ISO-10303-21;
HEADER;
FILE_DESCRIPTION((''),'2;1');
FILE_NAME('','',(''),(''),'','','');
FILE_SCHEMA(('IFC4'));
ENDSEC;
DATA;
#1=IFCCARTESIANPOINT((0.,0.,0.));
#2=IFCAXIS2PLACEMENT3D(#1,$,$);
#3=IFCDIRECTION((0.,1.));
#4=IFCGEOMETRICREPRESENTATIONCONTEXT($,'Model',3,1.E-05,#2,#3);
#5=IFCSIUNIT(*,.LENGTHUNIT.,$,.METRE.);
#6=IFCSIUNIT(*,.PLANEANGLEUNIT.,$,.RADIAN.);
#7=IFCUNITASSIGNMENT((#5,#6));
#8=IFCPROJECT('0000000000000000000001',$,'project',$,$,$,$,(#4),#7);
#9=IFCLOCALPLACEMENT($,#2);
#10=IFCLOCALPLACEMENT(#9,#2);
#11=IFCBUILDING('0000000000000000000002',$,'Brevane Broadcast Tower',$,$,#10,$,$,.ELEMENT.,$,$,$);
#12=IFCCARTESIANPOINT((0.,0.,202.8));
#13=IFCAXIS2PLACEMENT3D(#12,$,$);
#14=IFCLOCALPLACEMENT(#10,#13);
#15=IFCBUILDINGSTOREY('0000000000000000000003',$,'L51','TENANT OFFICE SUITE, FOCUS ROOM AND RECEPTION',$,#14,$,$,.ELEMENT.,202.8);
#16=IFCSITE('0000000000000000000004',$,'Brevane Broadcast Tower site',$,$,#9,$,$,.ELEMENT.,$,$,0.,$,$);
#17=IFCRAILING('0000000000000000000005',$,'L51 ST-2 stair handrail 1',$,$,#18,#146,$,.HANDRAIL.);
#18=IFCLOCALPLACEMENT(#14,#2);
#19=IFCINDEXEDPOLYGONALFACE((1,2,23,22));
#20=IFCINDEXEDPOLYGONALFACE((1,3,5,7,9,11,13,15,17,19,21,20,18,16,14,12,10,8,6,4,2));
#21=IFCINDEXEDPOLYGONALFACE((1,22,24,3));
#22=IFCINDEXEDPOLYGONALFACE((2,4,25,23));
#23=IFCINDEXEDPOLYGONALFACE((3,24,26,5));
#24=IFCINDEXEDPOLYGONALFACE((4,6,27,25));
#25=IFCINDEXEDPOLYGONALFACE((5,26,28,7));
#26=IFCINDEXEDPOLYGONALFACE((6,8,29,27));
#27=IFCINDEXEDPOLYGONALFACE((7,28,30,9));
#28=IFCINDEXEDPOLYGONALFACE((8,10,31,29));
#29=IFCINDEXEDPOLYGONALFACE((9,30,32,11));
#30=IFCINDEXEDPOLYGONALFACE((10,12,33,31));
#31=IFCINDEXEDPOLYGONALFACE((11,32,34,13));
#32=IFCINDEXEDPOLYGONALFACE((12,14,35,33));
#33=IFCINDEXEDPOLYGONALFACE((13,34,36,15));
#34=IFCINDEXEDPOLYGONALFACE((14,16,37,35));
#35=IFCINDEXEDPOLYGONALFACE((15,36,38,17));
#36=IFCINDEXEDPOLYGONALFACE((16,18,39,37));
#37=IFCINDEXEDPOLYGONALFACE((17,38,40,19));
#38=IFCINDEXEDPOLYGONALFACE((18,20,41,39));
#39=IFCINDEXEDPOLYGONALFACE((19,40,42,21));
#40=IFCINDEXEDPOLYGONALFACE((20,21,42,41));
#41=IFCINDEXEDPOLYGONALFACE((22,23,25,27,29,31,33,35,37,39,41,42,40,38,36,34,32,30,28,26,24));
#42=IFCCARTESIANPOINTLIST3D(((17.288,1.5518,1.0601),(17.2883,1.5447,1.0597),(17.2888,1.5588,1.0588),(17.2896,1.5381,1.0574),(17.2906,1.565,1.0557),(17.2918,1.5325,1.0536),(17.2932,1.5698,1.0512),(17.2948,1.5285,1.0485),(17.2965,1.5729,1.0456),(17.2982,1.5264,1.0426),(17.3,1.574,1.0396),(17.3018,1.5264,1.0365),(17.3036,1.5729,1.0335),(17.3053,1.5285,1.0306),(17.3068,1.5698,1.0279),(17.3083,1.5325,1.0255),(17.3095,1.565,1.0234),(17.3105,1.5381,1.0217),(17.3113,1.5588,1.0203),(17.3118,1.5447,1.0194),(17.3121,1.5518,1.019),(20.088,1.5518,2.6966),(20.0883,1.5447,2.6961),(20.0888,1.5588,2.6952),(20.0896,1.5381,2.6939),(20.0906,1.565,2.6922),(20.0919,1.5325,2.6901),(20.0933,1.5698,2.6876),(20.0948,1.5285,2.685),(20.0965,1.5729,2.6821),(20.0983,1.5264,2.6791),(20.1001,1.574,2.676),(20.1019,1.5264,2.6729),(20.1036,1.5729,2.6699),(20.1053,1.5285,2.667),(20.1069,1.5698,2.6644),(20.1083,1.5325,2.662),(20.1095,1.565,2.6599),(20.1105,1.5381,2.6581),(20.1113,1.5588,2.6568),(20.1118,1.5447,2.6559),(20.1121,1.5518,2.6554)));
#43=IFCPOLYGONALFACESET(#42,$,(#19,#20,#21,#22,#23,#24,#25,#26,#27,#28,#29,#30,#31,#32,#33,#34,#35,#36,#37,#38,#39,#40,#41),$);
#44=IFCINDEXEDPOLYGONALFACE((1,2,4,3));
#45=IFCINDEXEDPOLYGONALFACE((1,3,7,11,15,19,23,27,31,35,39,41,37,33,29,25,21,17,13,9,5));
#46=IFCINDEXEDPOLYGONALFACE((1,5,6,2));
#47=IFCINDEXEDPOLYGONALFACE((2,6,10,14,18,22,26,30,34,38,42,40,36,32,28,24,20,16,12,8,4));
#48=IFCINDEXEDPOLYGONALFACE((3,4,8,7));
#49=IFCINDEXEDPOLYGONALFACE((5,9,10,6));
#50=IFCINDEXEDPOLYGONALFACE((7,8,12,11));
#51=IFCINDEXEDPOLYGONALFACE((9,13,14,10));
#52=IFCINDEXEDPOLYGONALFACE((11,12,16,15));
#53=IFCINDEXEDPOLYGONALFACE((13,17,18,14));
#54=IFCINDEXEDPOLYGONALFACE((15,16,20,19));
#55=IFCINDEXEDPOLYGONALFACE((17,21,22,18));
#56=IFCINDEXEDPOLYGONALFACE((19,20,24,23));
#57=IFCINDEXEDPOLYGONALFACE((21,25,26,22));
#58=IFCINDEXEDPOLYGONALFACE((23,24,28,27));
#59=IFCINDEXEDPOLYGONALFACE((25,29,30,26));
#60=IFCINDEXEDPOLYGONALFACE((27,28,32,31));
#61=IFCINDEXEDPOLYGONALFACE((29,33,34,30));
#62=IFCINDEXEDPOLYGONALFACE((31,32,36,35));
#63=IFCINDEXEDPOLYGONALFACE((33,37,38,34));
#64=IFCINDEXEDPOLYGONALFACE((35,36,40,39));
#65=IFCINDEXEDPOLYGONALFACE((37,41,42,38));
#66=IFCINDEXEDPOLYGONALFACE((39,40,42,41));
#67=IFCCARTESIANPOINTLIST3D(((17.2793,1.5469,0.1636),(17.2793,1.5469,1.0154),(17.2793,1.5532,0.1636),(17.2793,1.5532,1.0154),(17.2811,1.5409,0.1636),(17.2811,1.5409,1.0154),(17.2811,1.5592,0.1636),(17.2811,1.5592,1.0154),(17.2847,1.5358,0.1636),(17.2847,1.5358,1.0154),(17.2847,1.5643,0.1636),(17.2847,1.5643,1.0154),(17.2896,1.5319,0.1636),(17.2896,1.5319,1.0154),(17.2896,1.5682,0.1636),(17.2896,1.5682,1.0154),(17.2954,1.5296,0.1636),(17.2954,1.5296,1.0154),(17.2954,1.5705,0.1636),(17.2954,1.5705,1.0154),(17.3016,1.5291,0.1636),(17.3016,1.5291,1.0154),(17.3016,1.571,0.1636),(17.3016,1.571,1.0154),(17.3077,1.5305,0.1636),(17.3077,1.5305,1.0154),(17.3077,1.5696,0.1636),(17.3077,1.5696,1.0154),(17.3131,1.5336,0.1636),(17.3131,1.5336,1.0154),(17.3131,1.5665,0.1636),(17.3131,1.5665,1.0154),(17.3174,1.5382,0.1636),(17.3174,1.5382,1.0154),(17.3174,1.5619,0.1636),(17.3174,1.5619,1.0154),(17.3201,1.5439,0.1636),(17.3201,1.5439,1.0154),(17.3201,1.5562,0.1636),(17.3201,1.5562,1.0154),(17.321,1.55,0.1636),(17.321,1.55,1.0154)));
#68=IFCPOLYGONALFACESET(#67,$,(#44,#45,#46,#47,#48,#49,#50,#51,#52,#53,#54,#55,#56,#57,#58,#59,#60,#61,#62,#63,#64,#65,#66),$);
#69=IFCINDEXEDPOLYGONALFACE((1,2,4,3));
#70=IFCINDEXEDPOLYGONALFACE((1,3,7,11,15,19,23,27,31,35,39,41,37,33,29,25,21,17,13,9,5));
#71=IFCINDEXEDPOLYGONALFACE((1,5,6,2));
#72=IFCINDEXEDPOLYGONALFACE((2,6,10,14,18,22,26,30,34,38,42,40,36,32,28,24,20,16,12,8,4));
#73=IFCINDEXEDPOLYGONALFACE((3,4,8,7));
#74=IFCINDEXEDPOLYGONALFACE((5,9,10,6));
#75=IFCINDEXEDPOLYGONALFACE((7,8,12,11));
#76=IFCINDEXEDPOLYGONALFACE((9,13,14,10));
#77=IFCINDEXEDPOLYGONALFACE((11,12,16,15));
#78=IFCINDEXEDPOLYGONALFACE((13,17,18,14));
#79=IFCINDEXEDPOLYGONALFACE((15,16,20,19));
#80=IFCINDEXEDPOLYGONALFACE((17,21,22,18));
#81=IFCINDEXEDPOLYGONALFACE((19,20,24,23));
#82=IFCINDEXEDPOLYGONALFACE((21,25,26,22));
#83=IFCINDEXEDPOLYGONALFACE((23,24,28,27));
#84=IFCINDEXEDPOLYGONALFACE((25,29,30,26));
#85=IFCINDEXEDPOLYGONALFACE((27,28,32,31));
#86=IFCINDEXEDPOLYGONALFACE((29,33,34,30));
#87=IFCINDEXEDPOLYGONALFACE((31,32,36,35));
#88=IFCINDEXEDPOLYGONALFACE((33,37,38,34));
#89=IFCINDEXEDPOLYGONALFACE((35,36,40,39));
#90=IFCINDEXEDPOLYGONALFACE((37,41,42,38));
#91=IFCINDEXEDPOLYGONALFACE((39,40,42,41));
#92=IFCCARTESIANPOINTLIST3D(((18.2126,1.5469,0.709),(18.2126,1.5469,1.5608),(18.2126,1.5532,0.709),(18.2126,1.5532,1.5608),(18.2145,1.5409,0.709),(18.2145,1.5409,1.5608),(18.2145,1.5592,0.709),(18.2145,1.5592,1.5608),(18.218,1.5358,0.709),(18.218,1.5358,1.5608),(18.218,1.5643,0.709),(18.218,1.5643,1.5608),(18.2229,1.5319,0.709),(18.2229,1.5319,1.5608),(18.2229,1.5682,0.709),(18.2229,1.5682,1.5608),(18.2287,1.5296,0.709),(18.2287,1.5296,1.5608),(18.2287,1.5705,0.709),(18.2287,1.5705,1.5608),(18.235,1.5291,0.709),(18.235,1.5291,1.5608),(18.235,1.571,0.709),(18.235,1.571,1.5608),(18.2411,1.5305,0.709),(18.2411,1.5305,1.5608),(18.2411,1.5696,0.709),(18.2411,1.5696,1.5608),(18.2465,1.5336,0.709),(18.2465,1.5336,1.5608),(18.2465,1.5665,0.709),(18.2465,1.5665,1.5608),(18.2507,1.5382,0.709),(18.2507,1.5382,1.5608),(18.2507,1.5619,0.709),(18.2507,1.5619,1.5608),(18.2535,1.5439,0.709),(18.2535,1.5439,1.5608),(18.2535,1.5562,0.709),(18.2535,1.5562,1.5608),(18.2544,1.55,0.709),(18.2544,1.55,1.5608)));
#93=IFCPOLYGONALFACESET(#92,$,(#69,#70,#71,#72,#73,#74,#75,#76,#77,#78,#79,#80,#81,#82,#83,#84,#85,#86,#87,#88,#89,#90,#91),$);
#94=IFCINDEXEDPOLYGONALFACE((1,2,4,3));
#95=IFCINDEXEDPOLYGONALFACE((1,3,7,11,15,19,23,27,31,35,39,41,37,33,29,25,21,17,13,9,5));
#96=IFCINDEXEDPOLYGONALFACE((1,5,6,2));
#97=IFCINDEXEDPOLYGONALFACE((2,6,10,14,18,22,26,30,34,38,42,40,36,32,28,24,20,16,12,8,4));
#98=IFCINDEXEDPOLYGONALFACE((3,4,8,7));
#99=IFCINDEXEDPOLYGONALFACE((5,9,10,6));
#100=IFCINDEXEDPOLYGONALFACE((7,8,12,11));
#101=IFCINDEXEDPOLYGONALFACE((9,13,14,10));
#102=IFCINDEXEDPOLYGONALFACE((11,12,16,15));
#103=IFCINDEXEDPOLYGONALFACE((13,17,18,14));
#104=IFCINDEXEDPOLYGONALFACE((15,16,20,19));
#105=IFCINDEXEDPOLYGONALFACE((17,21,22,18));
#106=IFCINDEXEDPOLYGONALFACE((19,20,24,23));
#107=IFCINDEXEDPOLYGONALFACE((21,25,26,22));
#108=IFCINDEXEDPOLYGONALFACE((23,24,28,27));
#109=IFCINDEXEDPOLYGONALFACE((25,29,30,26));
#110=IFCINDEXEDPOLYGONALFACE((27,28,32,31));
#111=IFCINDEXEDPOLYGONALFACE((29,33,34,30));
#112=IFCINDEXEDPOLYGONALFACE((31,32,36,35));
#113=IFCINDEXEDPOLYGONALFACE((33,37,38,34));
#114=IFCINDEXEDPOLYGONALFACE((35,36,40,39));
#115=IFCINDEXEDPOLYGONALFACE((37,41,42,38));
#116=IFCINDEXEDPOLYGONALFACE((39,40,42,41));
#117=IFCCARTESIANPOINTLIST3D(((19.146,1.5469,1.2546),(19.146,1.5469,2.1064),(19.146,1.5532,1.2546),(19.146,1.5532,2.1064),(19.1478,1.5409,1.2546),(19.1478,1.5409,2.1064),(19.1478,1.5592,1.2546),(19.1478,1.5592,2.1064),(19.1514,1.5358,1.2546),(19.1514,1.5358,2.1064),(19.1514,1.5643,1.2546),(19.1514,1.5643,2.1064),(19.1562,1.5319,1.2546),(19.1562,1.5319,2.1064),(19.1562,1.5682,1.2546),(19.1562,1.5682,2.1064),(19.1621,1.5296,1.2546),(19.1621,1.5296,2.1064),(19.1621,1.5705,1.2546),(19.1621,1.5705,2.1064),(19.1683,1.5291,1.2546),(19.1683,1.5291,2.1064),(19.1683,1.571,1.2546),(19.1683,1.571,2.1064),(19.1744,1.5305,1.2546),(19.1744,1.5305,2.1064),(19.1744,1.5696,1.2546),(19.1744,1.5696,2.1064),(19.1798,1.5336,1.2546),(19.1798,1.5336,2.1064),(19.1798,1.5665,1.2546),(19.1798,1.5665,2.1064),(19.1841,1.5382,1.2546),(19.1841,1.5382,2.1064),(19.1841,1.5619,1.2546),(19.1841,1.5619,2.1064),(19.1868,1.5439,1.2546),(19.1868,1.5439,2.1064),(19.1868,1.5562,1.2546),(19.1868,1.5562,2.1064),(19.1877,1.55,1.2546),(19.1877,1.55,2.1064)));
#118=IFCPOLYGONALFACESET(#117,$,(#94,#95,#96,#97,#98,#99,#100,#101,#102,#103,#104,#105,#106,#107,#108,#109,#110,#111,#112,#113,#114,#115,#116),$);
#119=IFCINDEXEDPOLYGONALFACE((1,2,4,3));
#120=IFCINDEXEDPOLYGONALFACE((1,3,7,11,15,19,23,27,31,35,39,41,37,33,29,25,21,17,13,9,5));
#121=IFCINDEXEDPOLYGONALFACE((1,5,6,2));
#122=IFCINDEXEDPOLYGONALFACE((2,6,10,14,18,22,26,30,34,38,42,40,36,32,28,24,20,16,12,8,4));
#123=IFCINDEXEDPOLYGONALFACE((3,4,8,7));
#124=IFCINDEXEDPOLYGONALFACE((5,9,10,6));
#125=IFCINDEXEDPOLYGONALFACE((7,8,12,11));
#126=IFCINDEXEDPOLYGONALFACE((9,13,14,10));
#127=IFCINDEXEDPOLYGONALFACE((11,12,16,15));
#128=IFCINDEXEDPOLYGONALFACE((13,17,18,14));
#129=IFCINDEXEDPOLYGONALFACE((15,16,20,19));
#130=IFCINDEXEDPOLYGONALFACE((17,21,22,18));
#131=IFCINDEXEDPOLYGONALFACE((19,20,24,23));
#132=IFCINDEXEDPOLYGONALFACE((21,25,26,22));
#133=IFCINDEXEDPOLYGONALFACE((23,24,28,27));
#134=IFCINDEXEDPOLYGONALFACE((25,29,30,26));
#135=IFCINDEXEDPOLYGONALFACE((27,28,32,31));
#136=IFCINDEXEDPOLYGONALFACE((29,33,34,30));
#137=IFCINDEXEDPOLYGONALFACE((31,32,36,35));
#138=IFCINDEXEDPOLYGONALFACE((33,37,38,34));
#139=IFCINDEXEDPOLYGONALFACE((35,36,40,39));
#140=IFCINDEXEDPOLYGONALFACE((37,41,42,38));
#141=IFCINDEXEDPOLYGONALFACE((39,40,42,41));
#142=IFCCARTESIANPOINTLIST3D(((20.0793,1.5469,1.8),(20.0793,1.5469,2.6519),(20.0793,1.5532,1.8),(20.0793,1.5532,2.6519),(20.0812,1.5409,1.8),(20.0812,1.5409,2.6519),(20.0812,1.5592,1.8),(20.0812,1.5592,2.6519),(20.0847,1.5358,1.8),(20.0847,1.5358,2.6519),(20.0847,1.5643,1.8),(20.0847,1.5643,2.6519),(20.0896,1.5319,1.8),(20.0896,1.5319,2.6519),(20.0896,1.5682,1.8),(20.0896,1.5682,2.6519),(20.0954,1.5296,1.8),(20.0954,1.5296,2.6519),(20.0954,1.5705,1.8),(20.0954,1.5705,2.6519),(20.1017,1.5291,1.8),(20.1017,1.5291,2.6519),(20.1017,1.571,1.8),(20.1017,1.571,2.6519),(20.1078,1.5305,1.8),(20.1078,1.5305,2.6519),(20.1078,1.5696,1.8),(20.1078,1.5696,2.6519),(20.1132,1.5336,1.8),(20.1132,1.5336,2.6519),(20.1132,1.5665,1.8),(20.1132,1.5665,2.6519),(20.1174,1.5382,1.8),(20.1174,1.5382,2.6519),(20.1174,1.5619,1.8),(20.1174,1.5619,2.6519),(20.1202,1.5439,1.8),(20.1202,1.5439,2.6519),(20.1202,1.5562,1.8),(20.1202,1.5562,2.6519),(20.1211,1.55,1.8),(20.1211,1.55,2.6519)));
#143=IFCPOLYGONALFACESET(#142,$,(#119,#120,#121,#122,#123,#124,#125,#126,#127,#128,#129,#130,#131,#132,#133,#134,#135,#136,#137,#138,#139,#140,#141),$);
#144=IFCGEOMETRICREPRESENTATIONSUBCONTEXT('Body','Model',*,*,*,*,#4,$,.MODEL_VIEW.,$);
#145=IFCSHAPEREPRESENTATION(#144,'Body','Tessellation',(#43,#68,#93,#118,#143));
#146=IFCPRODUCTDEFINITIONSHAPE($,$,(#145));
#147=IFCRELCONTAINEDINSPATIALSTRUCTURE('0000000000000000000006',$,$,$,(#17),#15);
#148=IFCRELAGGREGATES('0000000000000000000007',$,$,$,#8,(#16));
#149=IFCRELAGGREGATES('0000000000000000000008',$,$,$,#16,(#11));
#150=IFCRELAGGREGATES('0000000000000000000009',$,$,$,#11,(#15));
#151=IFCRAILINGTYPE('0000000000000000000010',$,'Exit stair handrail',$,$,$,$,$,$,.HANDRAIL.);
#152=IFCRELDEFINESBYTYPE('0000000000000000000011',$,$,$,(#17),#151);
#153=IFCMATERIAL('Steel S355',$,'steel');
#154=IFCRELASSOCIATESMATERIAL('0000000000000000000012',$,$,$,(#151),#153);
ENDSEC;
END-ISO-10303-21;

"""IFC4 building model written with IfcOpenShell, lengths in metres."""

from ifc_helpers import new_model, si_unit, direction, frame, origin, origin_2d, place, context, subcontext, project, spatial, circle, extrude, material, type_object, element, save


model = new_model("IFC4")

# Units and contexts
model_context = context("Model", 3, precision=1e-05, world=origin(), true_north=direction((0.0, 1.0)))
body_context = subcontext(model_context, "Body", "Model", "MODEL_VIEW")
ifc_project = project(units=[si_unit("LENGTHUNIT", "METRE"), si_unit("PLANEANGLEUNIT", "RADIAN")], contexts=[model_context])

# Site, building, storey
site_placement = place(None, origin())
site = spatial("IfcSite", under=ifc_project, at=site_placement, Name="Brevane Broadcast Tower site", CompositionType="ELEMENT", RefElevation=0.0)
building_placement = place(site_placement, origin())
building = spatial("IfcBuilding", under=site, at=building_placement, Name="Brevane Broadcast Tower", CompositionType="ELEMENT")
storey_placement = place(building_placement, frame((0.0, 0.0, 202.8)))
storey = spatial("IfcBuildingStorey", under=building, at=storey_placement, Name="L51", Description="TENANT OFFICE SUITE, FOCUS ROOM AND RECEPTION", CompositionType="ELEMENT", Elevation=202.8)

# Railing
ifc_material_1 = material(Name="Steel S355", Category="steel")
railing_type_1 = type_object("IfcRailingType", Name="Exit stair handrail", PredefinedType="HANDRAIL", material=ifc_material_1)
railing_1_placement = place(storey_placement, frame((17.3, 1.55, 0.1636)))
element("IfcRailing", 1, at=railing_1_placement, inside=storey, type_object=railing_type_1, Name="L51 ST-2 stair handrail 1", PredefinedType="HANDRAIL", context=body_context, shape_type="SweptSolid", body=[
    extrude(circle(Radius=0.0239, at=origin_2d()), frame((0.0, 0.0, 0.876), z_axis=(0.863361, 0.0, 0.504587), x_axis=(0.0, 1.0, 0.0)), (0.0, 0.0, 1.0), 3.2432),
    extrude(circle(Radius=0.021, at=origin_2d()), origin(), (0.0, 0.0, 1.0), 0.8518),
    extrude(circle(Radius=0.021, at=origin_2d()), frame((0.9333, 0.0, 0.5454)), (0.0, 0.0, 1.0), 0.8518),
    extrude(circle(Radius=0.021, at=origin_2d()), frame((1.8667, 0.0, 1.0911)), (0.0, 0.0, 1.0), 0.8518),
    extrude(circle(Radius=0.021, at=origin_2d()), frame((2.8, 0.0, 1.6365)), (0.0, 0.0, 1.0), 0.8518),
])

save(model, "model.ifc")
